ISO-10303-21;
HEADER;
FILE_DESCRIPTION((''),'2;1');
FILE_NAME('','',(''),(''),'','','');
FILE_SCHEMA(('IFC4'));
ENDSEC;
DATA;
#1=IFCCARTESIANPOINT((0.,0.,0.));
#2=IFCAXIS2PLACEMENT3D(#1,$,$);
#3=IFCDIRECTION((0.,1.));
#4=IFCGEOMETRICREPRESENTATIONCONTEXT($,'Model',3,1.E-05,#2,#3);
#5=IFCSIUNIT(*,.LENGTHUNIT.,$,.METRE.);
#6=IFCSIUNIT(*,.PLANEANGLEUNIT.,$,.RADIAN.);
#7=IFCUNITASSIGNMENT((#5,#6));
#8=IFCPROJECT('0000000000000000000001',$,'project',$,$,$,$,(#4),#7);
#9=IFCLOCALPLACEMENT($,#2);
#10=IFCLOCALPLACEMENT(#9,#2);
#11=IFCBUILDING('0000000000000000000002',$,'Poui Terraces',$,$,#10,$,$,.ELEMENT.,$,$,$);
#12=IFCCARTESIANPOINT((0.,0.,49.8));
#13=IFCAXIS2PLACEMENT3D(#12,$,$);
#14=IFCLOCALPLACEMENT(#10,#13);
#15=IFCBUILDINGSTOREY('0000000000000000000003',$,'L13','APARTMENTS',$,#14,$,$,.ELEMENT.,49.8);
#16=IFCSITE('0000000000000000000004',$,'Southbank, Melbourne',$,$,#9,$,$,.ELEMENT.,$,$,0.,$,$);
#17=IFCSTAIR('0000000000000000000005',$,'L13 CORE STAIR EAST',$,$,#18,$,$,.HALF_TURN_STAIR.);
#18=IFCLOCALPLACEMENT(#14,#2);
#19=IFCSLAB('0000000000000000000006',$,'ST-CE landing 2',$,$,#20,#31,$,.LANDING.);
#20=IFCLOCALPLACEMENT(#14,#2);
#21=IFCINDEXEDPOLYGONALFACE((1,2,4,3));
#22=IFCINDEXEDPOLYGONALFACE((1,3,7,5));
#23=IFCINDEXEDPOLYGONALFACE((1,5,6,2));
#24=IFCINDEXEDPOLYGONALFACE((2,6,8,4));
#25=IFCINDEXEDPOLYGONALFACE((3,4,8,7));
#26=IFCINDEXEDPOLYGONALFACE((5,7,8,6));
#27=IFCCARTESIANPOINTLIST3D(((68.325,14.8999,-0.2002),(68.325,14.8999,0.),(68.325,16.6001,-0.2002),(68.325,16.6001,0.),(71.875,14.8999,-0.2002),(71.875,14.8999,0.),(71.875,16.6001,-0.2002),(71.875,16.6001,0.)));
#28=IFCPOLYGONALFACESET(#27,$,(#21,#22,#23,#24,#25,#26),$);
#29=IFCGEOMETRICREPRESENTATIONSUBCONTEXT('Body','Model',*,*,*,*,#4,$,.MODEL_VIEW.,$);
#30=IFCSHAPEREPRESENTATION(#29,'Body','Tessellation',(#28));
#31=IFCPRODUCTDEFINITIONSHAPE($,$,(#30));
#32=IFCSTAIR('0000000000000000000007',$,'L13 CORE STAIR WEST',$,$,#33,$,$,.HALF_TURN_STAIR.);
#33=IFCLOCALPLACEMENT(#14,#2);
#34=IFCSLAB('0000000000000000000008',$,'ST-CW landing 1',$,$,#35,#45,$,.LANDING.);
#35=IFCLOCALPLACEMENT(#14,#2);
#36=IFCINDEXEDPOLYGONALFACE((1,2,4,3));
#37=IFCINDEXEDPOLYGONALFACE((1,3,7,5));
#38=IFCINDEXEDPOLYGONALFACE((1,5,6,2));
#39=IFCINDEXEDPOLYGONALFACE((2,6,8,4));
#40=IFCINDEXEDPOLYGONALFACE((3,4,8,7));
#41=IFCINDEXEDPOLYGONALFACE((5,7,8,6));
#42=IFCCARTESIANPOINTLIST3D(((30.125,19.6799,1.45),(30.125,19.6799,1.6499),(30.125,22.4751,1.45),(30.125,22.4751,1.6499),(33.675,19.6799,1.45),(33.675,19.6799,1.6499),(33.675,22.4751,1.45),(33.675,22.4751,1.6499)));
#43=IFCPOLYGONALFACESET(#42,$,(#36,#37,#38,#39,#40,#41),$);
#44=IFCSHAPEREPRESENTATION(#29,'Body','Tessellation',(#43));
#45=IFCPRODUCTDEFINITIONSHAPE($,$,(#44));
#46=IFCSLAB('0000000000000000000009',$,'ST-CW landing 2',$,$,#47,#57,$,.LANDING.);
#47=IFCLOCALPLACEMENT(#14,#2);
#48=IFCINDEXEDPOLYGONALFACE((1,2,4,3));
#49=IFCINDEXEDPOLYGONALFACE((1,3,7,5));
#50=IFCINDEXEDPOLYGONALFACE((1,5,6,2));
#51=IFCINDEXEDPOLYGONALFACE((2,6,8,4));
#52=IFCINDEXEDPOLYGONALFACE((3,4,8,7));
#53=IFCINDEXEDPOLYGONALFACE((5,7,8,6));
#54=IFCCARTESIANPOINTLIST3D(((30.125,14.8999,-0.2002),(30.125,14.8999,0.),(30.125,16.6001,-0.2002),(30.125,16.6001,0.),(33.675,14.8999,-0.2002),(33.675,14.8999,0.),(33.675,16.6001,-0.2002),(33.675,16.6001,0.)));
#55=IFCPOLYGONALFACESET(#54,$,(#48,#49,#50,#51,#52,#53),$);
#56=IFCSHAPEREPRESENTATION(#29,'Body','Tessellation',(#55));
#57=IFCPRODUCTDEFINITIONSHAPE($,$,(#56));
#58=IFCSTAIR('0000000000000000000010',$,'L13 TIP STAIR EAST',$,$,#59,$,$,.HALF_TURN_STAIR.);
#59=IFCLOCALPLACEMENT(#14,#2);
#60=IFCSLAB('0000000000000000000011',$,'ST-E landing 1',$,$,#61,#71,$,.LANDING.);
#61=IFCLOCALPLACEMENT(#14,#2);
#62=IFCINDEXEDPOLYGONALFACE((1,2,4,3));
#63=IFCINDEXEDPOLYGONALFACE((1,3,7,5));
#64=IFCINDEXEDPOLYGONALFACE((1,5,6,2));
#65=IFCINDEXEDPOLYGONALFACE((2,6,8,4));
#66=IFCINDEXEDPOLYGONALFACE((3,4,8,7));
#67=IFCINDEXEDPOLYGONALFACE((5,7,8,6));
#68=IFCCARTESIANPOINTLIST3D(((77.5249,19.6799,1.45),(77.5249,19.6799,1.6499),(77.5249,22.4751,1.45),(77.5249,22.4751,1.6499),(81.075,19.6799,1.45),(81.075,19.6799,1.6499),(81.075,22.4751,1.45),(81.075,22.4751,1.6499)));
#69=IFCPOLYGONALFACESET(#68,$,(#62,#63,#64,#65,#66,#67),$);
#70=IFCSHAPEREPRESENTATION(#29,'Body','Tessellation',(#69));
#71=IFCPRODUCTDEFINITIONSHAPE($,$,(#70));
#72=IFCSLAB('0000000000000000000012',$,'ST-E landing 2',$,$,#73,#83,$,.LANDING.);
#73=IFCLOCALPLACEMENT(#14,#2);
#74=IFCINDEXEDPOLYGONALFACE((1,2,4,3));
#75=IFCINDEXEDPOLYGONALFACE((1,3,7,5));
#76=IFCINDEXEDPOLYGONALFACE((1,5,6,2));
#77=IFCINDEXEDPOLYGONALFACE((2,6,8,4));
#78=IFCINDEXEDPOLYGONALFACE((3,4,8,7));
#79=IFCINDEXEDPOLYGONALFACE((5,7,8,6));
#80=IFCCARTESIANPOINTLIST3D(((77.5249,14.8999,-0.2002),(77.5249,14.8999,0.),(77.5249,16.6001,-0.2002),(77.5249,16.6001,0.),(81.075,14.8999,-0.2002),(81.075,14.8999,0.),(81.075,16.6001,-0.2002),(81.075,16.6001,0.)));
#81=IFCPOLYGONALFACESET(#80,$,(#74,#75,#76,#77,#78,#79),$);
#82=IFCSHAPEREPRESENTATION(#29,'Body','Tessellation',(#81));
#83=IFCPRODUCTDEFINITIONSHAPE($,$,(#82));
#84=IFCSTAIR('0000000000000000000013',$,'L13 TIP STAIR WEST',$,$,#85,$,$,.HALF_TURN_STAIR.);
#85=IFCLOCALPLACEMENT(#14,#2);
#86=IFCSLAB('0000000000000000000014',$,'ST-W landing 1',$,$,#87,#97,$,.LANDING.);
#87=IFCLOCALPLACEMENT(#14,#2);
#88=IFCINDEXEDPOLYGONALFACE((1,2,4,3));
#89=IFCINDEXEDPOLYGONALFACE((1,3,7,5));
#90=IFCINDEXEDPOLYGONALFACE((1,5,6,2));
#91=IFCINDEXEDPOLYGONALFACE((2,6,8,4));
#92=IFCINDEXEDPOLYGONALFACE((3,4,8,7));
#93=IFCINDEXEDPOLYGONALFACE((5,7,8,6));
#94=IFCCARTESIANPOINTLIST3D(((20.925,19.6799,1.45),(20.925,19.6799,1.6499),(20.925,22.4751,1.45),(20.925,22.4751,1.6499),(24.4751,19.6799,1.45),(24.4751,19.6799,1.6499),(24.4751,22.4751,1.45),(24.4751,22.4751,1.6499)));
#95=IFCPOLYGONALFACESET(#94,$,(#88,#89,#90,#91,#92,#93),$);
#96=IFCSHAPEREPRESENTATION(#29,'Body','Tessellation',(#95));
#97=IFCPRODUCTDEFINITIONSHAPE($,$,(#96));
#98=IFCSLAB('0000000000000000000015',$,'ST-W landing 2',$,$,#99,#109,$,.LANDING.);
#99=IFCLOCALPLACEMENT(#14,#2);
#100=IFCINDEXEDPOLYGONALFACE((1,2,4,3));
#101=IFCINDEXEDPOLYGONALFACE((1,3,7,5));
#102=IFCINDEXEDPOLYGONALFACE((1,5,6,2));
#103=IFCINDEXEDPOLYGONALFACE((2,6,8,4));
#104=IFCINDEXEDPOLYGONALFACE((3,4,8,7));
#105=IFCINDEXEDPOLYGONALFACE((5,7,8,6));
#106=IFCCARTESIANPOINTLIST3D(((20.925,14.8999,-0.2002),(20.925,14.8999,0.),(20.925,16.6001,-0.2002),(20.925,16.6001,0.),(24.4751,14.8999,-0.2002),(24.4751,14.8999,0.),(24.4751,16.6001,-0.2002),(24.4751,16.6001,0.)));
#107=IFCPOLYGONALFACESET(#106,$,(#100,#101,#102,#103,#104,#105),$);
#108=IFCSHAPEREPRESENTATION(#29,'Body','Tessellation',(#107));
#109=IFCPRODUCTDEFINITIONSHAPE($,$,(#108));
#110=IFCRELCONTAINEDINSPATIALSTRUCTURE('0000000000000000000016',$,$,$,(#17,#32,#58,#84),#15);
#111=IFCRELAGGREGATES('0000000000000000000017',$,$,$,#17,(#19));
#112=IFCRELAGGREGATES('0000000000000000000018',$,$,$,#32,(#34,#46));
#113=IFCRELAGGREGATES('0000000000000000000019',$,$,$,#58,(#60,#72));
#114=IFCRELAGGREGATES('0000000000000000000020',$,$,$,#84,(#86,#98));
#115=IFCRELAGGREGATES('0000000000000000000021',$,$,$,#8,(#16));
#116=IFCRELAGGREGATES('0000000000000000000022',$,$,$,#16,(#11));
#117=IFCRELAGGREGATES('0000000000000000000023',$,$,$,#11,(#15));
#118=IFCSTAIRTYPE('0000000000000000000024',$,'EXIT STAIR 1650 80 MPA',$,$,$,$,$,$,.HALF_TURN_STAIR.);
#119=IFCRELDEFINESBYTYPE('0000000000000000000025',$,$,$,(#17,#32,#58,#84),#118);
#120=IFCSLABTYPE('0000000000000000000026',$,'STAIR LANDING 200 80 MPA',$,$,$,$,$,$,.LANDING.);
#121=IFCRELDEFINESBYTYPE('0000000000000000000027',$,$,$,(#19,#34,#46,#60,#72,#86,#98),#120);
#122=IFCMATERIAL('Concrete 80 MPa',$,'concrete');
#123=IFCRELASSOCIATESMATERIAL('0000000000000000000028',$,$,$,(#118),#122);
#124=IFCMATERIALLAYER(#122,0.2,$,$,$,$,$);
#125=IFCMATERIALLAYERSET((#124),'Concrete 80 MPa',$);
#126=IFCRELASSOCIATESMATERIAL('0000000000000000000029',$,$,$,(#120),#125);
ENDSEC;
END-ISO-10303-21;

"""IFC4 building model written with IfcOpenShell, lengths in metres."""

from ifc_helpers import new_model, si_unit, direction, frame, origin, place, context, subcontext, project, spatial, polyline, outline, extrude, material, layer, layer_set, type_object, element, aggregate, save


model = new_model("IFC4")

# Units and contexts
model_context = context("Model", 3, precision=1e-05, world=origin(), true_north=direction((0.0, 1.0)))
body_context = subcontext(model_context, "Body", "Model", "MODEL_VIEW")
ifc_project = project(units=[si_unit("LENGTHUNIT", "METRE"), si_unit("PLANEANGLEUNIT", "RADIAN")], contexts=[model_context])

# Site, building, storey
site_placement = place(None, origin())
site = spatial("IfcSite", under=ifc_project, at=site_placement, Name="Southbank, Melbourne", CompositionType="ELEMENT", RefElevation=0.0)
building_placement = place(site_placement, origin())
building = spatial("IfcBuilding", under=site, at=building_placement, Name="Poui Terraces", CompositionType="ELEMENT")
storey_placement = place(building_placement, frame((0.0, 0.0, 49.8)))
storey = spatial("IfcBuildingStorey", under=building, at=storey_placement, Name="L13", Description="APARTMENTS", CompositionType="ELEMENT", Elevation=49.8)

# Stair, slab
ifc_material_1 = material(Name="Concrete 80 MPa", Category="concrete")
stair_type = type_object("IfcStairType", Name="EXIT STAIR 1650 80 MPA", PredefinedType="HALF_TURN_STAIR", material=ifc_material_1)
stair_1_placement = place(storey_placement, origin())
stair_1 = element("IfcStair", 1, at=stair_1_placement, inside=storey, type_object=stair_type, Name="L13 CORE STAIR EAST", PredefinedType="HALF_TURN_STAIR")
ifc_layer_1 = layer(ifc_material_1, 0.2)
ifc_layer_set_1 = layer_set([ifc_layer_1], Name="Concrete 80 MPa")
slab_type_1 = type_object("IfcSlabType", Name="STAIR LANDING 200 80 MPA", PredefinedType="LANDING", material=ifc_layer_set_1)
slab_1_placement = place(storey_placement, frame((0.0, 0.0, -0.2002)))
slab_1 = element("IfcSlab", 2, at=slab_1_placement, type_object=slab_type_1, Name="ST-CE landing 2", PredefinedType="LANDING", context=body_context, shape_type="SweptSolid", body=[
    extrude(outline(polyline([(68.325, 14.8999), (71.875, 14.8999), (71.875, 16.6001), (68.325, 16.6001), (68.325, 14.8999)])), origin(), (0.0, 0.0, 1.0), 0.2002),
])
aggregate(stair_1, [slab_1])

# Stairs, slabs
stair_2_placement = place(storey_placement, origin())
stair_2 = element("IfcStair", 3, at=stair_2_placement, inside=storey, type_object=stair_type, Name="L13 CORE STAIR WEST", PredefinedType="HALF_TURN_STAIR")
slab_2_placement = place(storey_placement, frame((0.0, 0.0, 1.45)))
slab_2 = element("IfcSlab", 4, at=slab_2_placement, type_object=slab_type_1, Name="ST-CW landing 1", PredefinedType="LANDING", context=body_context, shape_type="SweptSolid", body=[
    extrude(outline(polyline([(30.125, 19.6799), (33.675, 19.6799), (33.675, 22.4751), (30.125, 22.4751), (30.125, 19.6799)])), origin(), (0.0, 0.0, 1.0), 0.2),
])
slab_3_placement = place(storey_placement, frame((0.0, 0.0, -0.2002)))
slab_3 = element("IfcSlab", 5, at=slab_3_placement, type_object=slab_type_1, Name="ST-CW landing 2", PredefinedType="LANDING", context=body_context, shape_type="SweptSolid", body=[
    extrude(outline(polyline([(30.125, 14.8999), (33.675, 14.8999), (33.675, 16.6001), (30.125, 16.6001), (30.125, 14.8999)])), origin(), (0.0, 0.0, 1.0), 0.2002),
])
aggregate(stair_2, [slab_2, slab_3])
stair_3_placement = place(storey_placement, origin())
stair_3 = element("IfcStair", 6, at=stair_3_placement, inside=storey, type_object=stair_type, Name="L13 TIP STAIR EAST", PredefinedType="HALF_TURN_STAIR")
slab_4_placement = place(storey_placement, frame((0.0, 0.0, 1.45)))
slab_4 = element("IfcSlab", 7, at=slab_4_placement, type_object=slab_type_1, Name="ST-E landing 1", PredefinedType="LANDING", context=body_context, shape_type="SweptSolid", body=[
    extrude(outline(polyline([(77.5249, 19.6799), (81.075, 19.6799), (81.075, 22.4751), (77.5249, 22.4751), (77.5249, 19.6799)])), origin(), (0.0, 0.0, 1.0), 0.2),
])
slab_5_placement = place(storey_placement, frame((0.0, 0.0, -0.2002)))
slab_5 = element("IfcSlab", 8, at=slab_5_placement, type_object=slab_type_1, Name="ST-E landing 2", PredefinedType="LANDING", context=body_context, shape_type="SweptSolid", body=[
    extrude(outline(polyline([(77.5249, 14.8999), (81.075, 14.8999), (81.075, 16.6001), (77.5249, 16.6001), (77.5249, 14.8999)])), origin(), (0.0, 0.0, 1.0), 0.2002),
])
aggregate(stair_3, [slab_4, slab_5])
stair_4_placement = place(storey_placement, origin())
stair_4 = element("IfcStair", 9, at=stair_4_placement, inside=storey, type_object=stair_type, Name="L13 TIP STAIR WEST", PredefinedType="HALF_TURN_STAIR")
slab_6_placement = place(storey_placement, frame((0.0, 0.0, 1.45)))
slab_6 = element("IfcSlab", 10, at=slab_6_placement, type_object=slab_type_1, Name="ST-W landing 1", PredefinedType="LANDING", context=body_context, shape_type="SweptSolid", body=[
    extrude(outline(polyline([(20.925, 19.6799), (24.4751, 19.6799), (24.4751, 22.4751), (20.925, 22.4751), (20.925, 19.6799)])), origin(), (0.0, 0.0, 1.0), 0.2),
])
slab_7_placement = place(storey_placement, frame((0.0, 0.0, -0.2002)))
slab_7 = element("IfcSlab", 11, at=slab_7_placement, type_object=slab_type_1, Name="ST-W landing 2", PredefinedType="LANDING", context=body_context, shape_type="SweptSolid", body=[
    extrude(outline(polyline([(20.925, 14.8999), (24.4751, 14.8999), (24.4751, 16.6001), (20.925, 16.6001), (20.925, 14.8999)])), origin(), (0.0, 0.0, 1.0), 0.2002),
])
aggregate(stair_4, [slab_6, slab_7])

save(model, "model.ifc")
